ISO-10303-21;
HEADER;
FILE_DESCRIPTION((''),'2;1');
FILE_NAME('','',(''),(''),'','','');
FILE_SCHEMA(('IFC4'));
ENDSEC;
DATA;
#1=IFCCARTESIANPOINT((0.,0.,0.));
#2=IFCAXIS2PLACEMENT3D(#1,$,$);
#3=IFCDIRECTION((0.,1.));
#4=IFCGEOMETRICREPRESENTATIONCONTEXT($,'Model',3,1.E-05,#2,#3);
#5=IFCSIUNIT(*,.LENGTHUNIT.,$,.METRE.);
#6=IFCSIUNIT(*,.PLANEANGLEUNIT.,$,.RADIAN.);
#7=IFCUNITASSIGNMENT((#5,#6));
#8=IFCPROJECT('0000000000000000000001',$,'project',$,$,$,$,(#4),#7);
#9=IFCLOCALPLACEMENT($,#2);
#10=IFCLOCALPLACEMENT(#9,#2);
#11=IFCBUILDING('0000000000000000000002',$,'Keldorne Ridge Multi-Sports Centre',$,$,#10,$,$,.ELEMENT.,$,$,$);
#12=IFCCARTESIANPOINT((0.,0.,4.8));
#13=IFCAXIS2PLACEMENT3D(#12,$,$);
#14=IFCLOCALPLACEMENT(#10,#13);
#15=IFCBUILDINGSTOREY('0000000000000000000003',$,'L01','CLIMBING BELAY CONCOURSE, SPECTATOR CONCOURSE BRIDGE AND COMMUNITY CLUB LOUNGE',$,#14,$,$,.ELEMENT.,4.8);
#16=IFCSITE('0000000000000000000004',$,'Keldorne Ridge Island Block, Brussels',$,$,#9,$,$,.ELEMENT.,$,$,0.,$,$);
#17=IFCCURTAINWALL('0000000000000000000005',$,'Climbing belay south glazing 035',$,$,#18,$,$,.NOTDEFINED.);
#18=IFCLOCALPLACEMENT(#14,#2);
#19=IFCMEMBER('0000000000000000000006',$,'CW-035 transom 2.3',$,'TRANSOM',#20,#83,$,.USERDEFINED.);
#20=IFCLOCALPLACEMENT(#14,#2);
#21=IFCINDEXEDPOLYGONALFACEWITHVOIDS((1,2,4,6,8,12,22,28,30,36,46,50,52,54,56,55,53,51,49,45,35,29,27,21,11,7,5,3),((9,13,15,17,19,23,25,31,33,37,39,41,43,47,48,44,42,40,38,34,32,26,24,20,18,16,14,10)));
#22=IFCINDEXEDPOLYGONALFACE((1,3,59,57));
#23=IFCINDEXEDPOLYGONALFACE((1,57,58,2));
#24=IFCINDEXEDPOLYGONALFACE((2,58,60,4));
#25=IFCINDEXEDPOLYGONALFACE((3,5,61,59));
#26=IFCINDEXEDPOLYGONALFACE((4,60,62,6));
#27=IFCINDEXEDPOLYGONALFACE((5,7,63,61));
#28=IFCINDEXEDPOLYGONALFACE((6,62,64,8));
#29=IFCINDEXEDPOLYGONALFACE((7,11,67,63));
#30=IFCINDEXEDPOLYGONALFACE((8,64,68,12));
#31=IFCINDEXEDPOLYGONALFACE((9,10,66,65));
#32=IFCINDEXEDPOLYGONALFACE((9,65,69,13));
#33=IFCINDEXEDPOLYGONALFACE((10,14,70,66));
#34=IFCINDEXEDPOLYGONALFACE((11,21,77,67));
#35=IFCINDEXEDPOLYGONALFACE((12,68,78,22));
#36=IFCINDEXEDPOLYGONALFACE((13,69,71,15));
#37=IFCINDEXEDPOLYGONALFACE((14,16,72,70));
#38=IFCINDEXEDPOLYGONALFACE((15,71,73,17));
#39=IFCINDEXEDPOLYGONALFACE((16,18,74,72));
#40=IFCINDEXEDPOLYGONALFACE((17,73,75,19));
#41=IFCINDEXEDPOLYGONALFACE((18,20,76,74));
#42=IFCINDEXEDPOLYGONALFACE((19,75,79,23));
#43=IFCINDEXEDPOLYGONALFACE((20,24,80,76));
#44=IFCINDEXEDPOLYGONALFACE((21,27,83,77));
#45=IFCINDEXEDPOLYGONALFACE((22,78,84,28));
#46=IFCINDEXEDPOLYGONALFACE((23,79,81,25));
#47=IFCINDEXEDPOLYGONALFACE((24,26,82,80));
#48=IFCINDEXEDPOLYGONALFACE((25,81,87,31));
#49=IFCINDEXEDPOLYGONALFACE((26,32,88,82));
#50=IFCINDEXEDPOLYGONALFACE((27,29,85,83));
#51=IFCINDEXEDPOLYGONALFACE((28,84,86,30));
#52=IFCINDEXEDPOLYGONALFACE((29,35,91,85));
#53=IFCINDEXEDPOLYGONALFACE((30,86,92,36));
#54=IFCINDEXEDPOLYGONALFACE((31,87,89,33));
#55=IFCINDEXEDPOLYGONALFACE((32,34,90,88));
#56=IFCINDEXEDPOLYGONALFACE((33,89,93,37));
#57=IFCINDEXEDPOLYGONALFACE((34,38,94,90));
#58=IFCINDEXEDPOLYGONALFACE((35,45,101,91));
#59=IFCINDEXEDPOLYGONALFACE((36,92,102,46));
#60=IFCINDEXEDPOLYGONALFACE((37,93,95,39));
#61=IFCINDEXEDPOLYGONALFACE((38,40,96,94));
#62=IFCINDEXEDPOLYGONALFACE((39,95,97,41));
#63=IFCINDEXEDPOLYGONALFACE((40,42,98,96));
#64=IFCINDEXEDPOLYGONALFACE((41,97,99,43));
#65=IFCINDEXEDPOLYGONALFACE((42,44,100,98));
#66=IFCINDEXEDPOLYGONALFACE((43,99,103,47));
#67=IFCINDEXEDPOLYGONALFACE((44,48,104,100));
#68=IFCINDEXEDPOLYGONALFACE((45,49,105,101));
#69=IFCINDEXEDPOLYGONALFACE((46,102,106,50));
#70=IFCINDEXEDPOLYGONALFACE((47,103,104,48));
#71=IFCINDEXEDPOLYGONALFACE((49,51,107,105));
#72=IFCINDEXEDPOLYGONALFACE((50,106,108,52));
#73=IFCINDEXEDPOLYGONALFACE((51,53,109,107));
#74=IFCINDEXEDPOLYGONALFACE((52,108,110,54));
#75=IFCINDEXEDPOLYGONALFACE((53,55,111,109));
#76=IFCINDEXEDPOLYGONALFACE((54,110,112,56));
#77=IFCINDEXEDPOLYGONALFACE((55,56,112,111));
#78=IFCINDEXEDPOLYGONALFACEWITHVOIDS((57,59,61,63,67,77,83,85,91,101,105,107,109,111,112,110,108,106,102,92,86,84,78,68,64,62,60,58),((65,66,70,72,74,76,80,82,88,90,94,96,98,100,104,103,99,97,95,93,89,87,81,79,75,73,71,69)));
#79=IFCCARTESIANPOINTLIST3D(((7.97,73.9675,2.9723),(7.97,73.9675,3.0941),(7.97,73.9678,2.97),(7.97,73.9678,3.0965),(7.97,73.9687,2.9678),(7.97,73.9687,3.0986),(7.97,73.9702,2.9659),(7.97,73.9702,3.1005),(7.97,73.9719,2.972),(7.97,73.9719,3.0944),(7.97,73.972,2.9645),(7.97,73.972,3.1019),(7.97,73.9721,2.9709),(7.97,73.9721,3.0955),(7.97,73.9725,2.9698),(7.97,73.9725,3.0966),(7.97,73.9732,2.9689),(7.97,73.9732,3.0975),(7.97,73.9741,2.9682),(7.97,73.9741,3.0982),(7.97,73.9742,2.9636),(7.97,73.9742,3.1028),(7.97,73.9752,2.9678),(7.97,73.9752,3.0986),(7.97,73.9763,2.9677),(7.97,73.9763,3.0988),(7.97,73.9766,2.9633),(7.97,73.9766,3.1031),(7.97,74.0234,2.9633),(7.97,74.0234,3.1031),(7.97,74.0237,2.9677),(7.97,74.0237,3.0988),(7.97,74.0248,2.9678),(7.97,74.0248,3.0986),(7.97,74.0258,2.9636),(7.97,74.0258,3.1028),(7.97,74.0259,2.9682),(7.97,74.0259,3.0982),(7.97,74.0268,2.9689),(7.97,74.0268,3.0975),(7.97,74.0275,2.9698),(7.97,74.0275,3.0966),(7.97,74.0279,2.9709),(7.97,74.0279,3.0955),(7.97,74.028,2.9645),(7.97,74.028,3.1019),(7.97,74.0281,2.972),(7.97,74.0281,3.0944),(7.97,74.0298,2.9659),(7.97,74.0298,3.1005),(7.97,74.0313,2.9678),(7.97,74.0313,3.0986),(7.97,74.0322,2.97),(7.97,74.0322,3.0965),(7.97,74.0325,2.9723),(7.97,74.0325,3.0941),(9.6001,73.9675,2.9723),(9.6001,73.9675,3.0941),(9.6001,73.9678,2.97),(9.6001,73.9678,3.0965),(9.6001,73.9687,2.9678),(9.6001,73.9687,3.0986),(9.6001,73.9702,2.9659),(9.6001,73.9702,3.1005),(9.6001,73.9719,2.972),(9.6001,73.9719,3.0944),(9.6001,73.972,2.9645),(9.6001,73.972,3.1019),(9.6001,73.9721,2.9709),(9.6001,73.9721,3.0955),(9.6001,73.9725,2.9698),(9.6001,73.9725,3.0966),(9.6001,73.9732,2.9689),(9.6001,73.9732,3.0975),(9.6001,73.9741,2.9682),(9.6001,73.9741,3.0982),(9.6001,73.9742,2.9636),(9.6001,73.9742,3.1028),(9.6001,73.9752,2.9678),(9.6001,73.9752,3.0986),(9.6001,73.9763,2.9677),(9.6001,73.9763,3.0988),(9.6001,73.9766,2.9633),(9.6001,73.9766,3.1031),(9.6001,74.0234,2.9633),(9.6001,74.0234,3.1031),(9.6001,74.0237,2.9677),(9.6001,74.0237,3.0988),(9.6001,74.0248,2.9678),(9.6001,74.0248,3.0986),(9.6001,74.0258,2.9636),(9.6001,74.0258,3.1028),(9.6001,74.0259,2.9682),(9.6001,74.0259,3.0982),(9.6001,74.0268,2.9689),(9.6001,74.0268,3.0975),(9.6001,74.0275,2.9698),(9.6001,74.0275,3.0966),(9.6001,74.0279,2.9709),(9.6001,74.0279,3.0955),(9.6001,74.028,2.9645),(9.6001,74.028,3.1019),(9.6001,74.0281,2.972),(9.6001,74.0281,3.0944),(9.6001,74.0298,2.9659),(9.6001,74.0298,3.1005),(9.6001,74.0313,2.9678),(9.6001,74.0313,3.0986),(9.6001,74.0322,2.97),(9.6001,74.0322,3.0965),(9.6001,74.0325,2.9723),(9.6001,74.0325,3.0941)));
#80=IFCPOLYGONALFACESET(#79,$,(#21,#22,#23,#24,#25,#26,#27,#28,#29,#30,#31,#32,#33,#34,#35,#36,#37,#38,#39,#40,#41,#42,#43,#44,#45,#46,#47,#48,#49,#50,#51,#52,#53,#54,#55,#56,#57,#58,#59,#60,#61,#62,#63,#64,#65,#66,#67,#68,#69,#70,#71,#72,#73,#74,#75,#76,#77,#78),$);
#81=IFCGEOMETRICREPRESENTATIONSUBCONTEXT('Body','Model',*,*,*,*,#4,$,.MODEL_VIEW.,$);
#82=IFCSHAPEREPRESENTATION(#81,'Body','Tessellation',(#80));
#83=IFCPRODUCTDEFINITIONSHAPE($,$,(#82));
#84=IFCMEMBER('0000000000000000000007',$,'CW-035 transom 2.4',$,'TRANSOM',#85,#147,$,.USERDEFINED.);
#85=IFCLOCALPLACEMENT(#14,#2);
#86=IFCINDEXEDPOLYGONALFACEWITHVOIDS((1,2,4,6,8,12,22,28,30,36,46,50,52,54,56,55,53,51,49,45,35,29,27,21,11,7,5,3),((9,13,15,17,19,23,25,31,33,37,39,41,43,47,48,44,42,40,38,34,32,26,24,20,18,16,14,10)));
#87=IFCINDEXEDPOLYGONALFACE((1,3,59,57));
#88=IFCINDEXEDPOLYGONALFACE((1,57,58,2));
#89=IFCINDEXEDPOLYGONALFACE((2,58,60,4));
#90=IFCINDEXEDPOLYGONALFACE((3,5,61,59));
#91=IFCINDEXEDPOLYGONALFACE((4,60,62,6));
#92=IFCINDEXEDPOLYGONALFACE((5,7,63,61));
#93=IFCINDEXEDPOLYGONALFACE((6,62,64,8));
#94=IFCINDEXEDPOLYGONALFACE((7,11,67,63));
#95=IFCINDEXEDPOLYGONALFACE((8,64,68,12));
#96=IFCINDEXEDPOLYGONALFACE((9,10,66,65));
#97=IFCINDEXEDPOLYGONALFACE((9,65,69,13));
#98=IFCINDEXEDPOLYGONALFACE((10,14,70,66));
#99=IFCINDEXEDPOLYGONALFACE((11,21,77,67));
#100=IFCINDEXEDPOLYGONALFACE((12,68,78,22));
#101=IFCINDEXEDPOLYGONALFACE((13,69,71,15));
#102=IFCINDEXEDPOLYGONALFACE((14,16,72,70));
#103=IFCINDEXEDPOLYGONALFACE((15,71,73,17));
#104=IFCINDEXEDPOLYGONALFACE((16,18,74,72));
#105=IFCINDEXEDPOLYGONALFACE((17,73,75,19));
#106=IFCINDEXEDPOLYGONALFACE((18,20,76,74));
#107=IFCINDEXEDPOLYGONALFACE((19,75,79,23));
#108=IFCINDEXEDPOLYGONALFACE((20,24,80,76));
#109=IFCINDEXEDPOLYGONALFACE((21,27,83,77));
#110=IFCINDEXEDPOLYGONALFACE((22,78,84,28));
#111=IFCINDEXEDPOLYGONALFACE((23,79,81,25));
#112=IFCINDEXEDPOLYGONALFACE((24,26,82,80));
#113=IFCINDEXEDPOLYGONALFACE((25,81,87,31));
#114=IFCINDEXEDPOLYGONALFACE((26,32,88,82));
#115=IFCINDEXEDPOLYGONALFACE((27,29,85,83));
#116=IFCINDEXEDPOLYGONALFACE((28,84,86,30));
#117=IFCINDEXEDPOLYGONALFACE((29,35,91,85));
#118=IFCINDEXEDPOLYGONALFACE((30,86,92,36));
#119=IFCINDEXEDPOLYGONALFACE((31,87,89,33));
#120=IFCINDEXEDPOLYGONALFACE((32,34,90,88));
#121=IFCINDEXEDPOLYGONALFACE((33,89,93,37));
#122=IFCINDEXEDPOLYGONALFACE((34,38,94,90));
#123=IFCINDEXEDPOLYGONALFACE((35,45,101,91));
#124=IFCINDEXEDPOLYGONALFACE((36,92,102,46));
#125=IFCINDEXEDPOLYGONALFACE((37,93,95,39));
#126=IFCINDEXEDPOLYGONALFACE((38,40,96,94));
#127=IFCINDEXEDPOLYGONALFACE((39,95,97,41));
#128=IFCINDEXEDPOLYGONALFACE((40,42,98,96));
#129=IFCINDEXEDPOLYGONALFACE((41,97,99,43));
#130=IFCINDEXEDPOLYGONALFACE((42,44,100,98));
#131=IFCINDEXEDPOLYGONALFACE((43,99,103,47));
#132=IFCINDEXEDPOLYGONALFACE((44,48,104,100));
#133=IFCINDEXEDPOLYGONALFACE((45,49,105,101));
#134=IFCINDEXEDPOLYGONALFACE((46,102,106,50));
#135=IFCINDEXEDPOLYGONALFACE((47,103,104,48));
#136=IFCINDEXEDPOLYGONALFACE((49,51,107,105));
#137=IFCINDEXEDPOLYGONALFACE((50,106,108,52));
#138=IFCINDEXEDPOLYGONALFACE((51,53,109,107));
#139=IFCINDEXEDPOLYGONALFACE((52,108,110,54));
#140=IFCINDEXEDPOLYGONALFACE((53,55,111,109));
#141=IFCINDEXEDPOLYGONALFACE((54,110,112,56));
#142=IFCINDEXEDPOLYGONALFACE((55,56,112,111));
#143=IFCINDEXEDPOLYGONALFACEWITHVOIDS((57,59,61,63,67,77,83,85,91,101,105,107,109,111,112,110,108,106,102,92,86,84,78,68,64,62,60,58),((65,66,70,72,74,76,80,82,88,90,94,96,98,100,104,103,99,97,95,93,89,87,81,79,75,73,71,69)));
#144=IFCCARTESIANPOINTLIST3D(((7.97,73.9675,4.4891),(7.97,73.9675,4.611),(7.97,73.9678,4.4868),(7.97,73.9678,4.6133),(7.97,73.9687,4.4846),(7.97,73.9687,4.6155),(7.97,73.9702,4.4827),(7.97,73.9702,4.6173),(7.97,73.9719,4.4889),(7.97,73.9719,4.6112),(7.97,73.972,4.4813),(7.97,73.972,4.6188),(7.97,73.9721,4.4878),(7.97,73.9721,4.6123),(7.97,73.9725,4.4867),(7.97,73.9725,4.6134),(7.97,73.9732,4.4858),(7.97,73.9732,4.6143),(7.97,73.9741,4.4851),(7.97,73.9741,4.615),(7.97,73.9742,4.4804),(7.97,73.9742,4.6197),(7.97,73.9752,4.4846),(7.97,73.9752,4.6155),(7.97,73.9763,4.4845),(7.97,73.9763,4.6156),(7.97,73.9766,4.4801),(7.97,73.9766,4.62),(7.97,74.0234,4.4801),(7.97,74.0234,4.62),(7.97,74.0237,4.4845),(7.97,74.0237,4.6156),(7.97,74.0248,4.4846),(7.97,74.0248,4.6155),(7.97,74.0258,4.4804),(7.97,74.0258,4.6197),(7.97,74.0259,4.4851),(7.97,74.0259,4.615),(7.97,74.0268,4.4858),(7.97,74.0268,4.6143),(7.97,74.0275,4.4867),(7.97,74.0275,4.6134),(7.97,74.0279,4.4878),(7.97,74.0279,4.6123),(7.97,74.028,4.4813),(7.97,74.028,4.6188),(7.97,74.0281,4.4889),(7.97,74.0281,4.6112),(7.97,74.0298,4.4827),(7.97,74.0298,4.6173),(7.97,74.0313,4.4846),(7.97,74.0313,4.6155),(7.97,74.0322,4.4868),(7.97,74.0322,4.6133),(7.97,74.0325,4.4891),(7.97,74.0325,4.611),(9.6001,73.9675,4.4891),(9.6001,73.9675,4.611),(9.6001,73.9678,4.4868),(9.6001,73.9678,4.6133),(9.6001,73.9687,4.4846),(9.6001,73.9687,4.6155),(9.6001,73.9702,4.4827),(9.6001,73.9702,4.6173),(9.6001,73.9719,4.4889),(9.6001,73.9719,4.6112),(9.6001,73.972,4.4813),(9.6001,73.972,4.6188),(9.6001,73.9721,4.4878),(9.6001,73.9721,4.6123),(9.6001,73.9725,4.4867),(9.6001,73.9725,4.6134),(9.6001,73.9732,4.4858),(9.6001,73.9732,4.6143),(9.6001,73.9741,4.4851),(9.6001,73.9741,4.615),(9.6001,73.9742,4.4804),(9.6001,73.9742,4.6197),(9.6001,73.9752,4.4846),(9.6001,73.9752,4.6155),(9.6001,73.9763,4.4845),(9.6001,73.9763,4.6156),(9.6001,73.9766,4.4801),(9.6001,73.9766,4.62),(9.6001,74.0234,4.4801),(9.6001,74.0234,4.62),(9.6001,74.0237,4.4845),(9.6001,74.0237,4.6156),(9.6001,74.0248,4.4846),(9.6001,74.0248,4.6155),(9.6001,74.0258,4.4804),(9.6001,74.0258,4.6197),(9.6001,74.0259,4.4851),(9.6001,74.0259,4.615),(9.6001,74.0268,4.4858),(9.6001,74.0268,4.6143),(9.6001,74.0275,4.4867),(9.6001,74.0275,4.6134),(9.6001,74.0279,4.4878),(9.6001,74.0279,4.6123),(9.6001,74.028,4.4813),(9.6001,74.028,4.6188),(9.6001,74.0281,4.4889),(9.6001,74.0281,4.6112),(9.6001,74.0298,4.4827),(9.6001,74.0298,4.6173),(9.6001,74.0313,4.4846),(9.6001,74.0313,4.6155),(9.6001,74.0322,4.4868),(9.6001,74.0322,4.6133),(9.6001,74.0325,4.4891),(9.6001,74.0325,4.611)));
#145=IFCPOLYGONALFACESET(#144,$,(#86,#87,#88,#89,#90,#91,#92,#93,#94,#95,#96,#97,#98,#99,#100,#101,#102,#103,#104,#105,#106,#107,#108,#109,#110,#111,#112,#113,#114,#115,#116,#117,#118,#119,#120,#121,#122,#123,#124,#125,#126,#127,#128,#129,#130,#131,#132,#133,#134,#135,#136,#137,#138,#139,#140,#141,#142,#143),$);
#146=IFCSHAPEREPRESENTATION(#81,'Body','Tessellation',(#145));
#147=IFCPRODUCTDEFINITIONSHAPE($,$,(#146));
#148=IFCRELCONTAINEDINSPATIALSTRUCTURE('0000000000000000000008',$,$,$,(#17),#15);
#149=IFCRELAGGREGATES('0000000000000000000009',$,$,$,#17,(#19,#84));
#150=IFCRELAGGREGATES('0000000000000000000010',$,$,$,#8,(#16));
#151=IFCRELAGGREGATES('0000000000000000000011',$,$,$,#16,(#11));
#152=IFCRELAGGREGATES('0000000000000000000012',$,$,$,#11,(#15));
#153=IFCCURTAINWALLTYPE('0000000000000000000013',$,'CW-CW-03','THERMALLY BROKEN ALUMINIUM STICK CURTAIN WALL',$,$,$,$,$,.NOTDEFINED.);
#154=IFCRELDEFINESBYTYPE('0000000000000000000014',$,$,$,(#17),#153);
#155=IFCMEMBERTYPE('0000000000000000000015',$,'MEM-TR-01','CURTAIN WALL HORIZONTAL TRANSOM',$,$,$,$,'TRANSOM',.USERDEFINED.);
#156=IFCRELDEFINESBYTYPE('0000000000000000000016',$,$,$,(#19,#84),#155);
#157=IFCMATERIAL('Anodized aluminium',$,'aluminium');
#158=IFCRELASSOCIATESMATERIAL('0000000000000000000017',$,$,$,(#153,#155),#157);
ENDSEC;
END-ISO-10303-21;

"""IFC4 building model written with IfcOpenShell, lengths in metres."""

from ifc_helpers import new_model, si_unit, direction, frame, origin, origin_2d, place, context, subcontext, project, spatial, hollow_rectangle, extrude, material, material_profile, profile_set, type_object, element, aggregate, save


model = new_model("IFC4")

# Units and contexts
model_context = context("Model", 3, precision=1e-05, world=origin(), true_north=direction((0.0, 1.0)))
body_context = subcontext(model_context, "Body", "Model", "MODEL_VIEW")
ifc_project = project(units=[si_unit("LENGTHUNIT", "METRE"), si_unit("PLANEANGLEUNIT", "RADIAN")], contexts=[model_context])

# Site, building, storey
site_placement = place(None, origin())
site = spatial("IfcSite", under=ifc_project, at=site_placement, Name="Keldorne Ridge Island Block, Brussels", CompositionType="ELEMENT", RefElevation=0.0)
building_placement = place(site_placement, origin())
building = spatial("IfcBuilding", under=site, at=building_placement, Name="Keldorne Ridge Multi-Sports Centre", CompositionType="ELEMENT")
storey_placement = place(building_placement, frame((0.0, 0.0, 4.8)))
storey = spatial("IfcBuildingStorey", under=building, at=storey_placement, Name="L01", Description="CLIMBING BELAY CONCOURSE, SPECTATOR CONCOURSE BRIDGE AND COMMUNITY CLUB LOUNGE", CompositionType="ELEMENT", Elevation=4.8)

# Curtain wall, members
ifc_material_1 = material(Name="Anodized aluminium", Category="aluminium")
curtain_wall_type = type_object("IfcCurtainWallType", Name="CW-CW-03", Description="THERMALLY BROKEN ALUMINIUM STICK CURTAIN WALL", PredefinedType="NOTDEFINED", material=ifc_material_1)
curtain_wall_placement = place(storey_placement, origin())
curtain_wall = element("IfcCurtainWall", 1, at=curtain_wall_placement, inside=storey, type_object=curtain_wall_type, Name="Climbing belay south glazing 035", PredefinedType="NOTDEFINED")
ifc_material_profile_1 = material_profile(ifc_material_1, hollow_rectangle(XDim=0.0649, YDim=0.1399, WallThickness=0.0044, InnerFilletRadius=0.0044, OuterFilletRadius=0.009, at=origin_2d()), Name="ALU TRANSOM 140x65x4.5")
ifc_profile_set_1 = profile_set([ifc_material_profile_1], Name="Anodized aluminium")
member_type_1 = type_object("IfcMemberType", Name="MEM-TR-01", Description="CURTAIN WALL HORIZONTAL TRANSOM", ElementType="TRANSOM", PredefinedType="USERDEFINED", material=ifc_profile_set_1)
member_1_placement = place(storey_placement, frame((7.97, 74.0, 3.0332), z_axis=(1.0, 0.0, 0.0), x_axis=(0.0, 1.0, 0.0)))
member_1 = element("IfcMember", 2, at=member_1_placement, type_object=member_type_1, Name="CW-035 transom 2.3", ObjectType="TRANSOM", PredefinedType="USERDEFINED", context=body_context, shape_type="SweptSolid", body=[
    extrude(hollow_rectangle(XDim=0.0649, YDim=0.1399, WallThickness=0.0044, InnerFilletRadius=0.0044, OuterFilletRadius=0.009, at=origin_2d()), origin(), (0.0, 0.0, 1.0), 1.6301),
])
member_2_placement = place(storey_placement, frame((7.97, 74.0, 4.55), z_axis=(1.0, 0.0, 0.0), x_axis=(0.0, 1.0, 0.0)))
member_2 = element("IfcMember", 3, at=member_2_placement, type_object=member_type_1, Name="CW-035 transom 2.4", ObjectType="TRANSOM", PredefinedType="USERDEFINED", context=body_context, shape_type="SweptSolid", body=[
    extrude(hollow_rectangle(XDim=0.0649, YDim=0.1399, WallThickness=0.0044, InnerFilletRadius=0.0044, OuterFilletRadius=0.009, at=origin_2d()), origin(), (0.0, 0.0, 1.0), 1.6301),
])
aggregate(curtain_wall, [member_1, member_2])

save(model, "model.ifc")
